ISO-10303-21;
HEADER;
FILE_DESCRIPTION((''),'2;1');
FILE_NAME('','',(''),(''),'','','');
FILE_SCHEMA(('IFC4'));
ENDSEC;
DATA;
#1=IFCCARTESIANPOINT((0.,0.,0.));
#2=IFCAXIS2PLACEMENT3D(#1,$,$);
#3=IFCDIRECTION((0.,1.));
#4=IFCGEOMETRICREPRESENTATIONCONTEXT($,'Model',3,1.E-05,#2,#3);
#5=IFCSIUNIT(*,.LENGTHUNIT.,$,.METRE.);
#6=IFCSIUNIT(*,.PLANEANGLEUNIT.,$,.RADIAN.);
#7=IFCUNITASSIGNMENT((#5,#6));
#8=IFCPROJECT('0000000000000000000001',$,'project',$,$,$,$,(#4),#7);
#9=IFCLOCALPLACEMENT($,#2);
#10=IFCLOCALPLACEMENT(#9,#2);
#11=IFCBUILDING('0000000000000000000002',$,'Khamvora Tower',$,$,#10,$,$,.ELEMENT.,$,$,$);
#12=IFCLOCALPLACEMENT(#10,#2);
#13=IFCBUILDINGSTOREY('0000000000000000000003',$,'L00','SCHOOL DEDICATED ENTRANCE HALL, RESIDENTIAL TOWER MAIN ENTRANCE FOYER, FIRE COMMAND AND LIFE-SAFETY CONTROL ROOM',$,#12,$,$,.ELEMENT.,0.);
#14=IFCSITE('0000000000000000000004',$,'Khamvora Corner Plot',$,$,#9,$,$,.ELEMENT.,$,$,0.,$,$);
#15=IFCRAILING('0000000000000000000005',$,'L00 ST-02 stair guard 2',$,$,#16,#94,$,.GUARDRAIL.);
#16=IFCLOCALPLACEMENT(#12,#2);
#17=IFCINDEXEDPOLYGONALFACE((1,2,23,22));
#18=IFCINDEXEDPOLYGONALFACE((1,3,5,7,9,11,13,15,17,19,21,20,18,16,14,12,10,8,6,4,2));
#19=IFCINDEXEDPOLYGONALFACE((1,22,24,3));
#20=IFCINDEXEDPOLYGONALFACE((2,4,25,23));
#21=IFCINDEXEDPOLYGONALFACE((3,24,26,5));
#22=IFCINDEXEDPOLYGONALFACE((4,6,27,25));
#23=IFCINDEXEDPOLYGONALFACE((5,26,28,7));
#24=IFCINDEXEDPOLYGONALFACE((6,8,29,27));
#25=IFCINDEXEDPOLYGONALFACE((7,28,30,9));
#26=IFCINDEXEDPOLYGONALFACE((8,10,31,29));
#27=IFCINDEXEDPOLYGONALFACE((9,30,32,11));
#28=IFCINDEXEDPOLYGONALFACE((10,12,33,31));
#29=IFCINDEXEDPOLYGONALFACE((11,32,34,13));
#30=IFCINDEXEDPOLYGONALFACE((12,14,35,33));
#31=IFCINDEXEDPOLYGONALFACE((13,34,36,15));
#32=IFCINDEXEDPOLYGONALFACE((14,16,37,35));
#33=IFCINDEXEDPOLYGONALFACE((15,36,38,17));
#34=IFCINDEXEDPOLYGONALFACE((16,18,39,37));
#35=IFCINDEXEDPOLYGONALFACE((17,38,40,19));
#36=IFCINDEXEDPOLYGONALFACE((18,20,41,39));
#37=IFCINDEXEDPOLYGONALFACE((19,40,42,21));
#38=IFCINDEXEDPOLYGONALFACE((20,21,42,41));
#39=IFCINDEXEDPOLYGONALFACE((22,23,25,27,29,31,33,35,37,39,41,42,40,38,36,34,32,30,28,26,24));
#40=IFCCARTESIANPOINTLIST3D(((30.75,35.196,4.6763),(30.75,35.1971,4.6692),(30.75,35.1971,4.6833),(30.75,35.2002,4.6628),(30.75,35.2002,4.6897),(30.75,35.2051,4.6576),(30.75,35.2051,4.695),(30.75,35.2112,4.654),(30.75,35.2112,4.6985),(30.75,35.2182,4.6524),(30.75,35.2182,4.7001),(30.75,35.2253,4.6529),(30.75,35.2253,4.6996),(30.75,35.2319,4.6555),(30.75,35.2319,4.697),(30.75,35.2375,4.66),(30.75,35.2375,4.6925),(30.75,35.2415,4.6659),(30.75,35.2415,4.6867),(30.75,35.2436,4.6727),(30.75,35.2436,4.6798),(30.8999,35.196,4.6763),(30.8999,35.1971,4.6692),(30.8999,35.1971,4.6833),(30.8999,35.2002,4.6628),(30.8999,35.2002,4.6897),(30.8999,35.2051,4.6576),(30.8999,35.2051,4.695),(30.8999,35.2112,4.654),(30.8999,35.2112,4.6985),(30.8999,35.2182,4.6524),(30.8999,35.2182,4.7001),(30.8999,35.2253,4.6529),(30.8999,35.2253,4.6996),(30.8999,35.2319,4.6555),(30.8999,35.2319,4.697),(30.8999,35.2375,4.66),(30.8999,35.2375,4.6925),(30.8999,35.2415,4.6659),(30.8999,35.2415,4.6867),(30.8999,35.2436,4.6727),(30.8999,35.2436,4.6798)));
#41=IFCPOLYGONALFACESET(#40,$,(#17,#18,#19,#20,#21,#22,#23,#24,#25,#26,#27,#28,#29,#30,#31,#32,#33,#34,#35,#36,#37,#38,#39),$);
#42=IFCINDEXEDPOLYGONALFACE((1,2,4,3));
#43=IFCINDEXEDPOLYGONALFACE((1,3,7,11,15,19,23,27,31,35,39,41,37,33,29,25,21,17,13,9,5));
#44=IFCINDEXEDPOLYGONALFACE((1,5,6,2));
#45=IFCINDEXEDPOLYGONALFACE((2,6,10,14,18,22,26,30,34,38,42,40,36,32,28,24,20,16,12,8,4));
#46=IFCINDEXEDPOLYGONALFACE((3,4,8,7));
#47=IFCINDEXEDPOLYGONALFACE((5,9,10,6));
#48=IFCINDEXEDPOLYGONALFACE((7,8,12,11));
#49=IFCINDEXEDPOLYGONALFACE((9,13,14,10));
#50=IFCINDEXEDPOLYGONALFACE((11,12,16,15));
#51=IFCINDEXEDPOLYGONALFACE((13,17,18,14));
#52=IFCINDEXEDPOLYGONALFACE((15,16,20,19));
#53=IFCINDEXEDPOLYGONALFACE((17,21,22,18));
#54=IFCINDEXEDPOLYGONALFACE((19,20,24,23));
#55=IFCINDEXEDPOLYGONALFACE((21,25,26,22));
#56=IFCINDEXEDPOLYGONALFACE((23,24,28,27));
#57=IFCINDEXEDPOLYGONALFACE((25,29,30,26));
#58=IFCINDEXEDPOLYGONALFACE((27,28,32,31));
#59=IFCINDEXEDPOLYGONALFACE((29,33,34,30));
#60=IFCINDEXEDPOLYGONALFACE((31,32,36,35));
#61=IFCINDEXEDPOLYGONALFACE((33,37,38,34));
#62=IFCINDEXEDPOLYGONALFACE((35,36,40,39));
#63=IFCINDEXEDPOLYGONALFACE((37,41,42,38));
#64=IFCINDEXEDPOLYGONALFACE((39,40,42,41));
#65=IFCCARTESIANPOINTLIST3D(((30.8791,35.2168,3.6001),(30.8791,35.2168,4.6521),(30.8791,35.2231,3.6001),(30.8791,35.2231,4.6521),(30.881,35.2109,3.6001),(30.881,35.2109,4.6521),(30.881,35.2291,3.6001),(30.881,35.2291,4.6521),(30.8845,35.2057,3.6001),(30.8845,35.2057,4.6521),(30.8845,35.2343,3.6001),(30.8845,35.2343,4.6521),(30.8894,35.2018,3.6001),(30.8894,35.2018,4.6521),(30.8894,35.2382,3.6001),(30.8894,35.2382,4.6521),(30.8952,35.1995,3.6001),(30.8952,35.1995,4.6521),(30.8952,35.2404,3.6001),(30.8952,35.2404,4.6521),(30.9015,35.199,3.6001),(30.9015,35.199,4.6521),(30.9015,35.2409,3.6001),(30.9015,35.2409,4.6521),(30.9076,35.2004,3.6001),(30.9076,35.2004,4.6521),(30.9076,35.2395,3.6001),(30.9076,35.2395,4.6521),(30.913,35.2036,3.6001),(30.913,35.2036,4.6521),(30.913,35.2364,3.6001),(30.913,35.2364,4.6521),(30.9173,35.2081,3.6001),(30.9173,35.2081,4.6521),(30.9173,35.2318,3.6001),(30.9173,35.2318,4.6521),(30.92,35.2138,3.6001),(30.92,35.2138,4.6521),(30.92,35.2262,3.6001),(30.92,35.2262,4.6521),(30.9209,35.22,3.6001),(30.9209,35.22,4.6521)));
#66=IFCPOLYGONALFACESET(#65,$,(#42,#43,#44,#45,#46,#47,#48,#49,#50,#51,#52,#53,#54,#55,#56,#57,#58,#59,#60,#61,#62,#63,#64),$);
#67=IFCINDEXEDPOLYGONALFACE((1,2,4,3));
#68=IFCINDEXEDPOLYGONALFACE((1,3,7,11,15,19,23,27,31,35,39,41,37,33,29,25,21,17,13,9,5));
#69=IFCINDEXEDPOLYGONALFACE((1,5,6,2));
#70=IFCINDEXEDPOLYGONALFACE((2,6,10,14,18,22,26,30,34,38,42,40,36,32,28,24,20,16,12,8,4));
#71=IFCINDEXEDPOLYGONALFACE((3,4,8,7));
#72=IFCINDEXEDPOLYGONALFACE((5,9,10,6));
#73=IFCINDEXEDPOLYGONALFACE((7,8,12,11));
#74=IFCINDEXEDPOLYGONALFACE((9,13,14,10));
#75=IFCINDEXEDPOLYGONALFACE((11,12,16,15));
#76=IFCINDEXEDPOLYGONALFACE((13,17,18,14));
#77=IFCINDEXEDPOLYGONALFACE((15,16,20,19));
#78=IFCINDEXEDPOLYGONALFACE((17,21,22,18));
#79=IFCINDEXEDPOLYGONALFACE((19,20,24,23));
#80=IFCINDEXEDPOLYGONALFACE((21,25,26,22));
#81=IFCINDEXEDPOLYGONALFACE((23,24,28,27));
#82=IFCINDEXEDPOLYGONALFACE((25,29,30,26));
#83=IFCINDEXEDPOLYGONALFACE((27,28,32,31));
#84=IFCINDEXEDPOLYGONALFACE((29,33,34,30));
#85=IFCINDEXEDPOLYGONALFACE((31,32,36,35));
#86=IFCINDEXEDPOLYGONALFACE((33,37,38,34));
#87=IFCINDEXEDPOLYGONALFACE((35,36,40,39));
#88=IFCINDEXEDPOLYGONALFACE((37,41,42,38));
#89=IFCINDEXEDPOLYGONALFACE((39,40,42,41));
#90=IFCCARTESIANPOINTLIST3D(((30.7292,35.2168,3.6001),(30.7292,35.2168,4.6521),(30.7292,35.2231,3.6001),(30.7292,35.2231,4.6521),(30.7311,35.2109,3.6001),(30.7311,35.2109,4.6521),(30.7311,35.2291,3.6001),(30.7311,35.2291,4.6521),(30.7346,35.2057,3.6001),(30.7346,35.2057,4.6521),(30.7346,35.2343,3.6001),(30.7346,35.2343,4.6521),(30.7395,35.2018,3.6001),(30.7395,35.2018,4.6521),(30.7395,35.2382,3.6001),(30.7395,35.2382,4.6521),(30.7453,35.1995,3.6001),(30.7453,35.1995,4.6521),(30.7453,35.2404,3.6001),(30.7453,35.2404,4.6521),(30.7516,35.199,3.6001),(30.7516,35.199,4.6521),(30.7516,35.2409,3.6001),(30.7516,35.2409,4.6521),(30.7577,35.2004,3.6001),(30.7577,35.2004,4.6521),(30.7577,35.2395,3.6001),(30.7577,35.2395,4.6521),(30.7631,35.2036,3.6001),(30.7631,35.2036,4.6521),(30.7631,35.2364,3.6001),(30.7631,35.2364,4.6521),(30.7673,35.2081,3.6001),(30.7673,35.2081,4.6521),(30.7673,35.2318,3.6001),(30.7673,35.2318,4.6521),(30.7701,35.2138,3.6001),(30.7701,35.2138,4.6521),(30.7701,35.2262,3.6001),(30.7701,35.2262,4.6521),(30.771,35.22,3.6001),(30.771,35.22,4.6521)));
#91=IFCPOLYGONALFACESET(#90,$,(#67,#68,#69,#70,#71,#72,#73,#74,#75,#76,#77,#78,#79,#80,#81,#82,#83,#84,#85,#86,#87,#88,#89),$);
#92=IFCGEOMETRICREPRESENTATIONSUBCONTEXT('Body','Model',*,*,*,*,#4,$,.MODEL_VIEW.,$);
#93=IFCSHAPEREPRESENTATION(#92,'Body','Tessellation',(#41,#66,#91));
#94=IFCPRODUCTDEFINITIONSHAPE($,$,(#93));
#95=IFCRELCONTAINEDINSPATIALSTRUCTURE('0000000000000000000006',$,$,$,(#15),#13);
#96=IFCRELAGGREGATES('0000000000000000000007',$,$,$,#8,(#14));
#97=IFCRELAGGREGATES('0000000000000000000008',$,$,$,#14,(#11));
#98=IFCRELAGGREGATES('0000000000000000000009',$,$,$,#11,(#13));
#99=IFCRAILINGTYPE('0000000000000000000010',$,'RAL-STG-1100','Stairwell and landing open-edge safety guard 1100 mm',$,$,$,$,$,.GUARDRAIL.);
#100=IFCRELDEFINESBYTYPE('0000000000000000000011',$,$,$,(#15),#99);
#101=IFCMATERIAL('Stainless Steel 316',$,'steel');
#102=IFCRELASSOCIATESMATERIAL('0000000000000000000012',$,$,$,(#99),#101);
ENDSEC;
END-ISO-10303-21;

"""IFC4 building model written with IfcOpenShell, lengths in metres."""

from ifc_helpers import new_model, si_unit, direction, frame, origin, origin_2d, place, context, subcontext, project, spatial, circle, extrude, material, type_object, element, save


model = new_model("IFC4")

# Units and contexts
model_context = context("Model", 3, precision=1e-05, world=origin(), true_north=direction((0.0, 1.0)))
body_context = subcontext(model_context, "Body", "Model", "MODEL_VIEW")
ifc_project = project(units=[si_unit("LENGTHUNIT", "METRE"), si_unit("PLANEANGLEUNIT", "RADIAN")], contexts=[model_context])

# Site, building, storey
site_placement = place(None, origin())
site = spatial("IfcSite", under=ifc_project, at=site_placement, Name="Khamvora Corner Plot", CompositionType="ELEMENT", RefElevation=0.0)
building_placement = place(site_placement, origin())
building = spatial("IfcBuilding", under=site, at=building_placement, Name="Khamvora Tower", CompositionType="ELEMENT")
storey_placement = place(building_placement, origin())
storey = spatial("IfcBuildingStorey", under=building, at=storey_placement, Name="L00", Description="SCHOOL DEDICATED ENTRANCE HALL, RESIDENTIAL TOWER MAIN ENTRANCE FOYER, FIRE COMMAND AND LIFE-SAFETY CONTROL ROOM", CompositionType="ELEMENT", Elevation=0.0)

# Railing
ifc_material_1 = material(Name="Stainless Steel 316", Category="steel")
railing_type_1 = type_object("IfcRailingType", Name="RAL-STG-1100", Description="Stairwell and landing open-edge safety guard 1100 mm", PredefinedType="GUARDRAIL", material=ifc_material_1)
railing_1_placement = place(storey_placement, frame((30.8999, 35.22, 3.6001)))
element("IfcRailing", 1, at=railing_1_placement, inside=storey, type_object=railing_type_1, Name="L00 ST-02 stair guard 2", PredefinedType="GUARDRAIL", context=body_context, shape_type="SweptSolid", body=[
    extrude(circle(Radius=0.0239, at=origin_2d()), frame((0.0, 0.0, 1.0762), z_axis=(-1.0, 0.0, 0.0), x_axis=(0.0, -1.0, 0.0)), (0.0, 0.0, 1.0), 0.1499),
    extrude(circle(Radius=0.021, at=origin_2d()), origin(), (0.0, 0.0, 1.0), 1.052),
    extrude(circle(Radius=0.021, at=origin_2d()), frame((-0.1499, 0.0, 0.0)), (0.0, 0.0, 1.0), 1.052),
])

save(model, "model.ifc")
